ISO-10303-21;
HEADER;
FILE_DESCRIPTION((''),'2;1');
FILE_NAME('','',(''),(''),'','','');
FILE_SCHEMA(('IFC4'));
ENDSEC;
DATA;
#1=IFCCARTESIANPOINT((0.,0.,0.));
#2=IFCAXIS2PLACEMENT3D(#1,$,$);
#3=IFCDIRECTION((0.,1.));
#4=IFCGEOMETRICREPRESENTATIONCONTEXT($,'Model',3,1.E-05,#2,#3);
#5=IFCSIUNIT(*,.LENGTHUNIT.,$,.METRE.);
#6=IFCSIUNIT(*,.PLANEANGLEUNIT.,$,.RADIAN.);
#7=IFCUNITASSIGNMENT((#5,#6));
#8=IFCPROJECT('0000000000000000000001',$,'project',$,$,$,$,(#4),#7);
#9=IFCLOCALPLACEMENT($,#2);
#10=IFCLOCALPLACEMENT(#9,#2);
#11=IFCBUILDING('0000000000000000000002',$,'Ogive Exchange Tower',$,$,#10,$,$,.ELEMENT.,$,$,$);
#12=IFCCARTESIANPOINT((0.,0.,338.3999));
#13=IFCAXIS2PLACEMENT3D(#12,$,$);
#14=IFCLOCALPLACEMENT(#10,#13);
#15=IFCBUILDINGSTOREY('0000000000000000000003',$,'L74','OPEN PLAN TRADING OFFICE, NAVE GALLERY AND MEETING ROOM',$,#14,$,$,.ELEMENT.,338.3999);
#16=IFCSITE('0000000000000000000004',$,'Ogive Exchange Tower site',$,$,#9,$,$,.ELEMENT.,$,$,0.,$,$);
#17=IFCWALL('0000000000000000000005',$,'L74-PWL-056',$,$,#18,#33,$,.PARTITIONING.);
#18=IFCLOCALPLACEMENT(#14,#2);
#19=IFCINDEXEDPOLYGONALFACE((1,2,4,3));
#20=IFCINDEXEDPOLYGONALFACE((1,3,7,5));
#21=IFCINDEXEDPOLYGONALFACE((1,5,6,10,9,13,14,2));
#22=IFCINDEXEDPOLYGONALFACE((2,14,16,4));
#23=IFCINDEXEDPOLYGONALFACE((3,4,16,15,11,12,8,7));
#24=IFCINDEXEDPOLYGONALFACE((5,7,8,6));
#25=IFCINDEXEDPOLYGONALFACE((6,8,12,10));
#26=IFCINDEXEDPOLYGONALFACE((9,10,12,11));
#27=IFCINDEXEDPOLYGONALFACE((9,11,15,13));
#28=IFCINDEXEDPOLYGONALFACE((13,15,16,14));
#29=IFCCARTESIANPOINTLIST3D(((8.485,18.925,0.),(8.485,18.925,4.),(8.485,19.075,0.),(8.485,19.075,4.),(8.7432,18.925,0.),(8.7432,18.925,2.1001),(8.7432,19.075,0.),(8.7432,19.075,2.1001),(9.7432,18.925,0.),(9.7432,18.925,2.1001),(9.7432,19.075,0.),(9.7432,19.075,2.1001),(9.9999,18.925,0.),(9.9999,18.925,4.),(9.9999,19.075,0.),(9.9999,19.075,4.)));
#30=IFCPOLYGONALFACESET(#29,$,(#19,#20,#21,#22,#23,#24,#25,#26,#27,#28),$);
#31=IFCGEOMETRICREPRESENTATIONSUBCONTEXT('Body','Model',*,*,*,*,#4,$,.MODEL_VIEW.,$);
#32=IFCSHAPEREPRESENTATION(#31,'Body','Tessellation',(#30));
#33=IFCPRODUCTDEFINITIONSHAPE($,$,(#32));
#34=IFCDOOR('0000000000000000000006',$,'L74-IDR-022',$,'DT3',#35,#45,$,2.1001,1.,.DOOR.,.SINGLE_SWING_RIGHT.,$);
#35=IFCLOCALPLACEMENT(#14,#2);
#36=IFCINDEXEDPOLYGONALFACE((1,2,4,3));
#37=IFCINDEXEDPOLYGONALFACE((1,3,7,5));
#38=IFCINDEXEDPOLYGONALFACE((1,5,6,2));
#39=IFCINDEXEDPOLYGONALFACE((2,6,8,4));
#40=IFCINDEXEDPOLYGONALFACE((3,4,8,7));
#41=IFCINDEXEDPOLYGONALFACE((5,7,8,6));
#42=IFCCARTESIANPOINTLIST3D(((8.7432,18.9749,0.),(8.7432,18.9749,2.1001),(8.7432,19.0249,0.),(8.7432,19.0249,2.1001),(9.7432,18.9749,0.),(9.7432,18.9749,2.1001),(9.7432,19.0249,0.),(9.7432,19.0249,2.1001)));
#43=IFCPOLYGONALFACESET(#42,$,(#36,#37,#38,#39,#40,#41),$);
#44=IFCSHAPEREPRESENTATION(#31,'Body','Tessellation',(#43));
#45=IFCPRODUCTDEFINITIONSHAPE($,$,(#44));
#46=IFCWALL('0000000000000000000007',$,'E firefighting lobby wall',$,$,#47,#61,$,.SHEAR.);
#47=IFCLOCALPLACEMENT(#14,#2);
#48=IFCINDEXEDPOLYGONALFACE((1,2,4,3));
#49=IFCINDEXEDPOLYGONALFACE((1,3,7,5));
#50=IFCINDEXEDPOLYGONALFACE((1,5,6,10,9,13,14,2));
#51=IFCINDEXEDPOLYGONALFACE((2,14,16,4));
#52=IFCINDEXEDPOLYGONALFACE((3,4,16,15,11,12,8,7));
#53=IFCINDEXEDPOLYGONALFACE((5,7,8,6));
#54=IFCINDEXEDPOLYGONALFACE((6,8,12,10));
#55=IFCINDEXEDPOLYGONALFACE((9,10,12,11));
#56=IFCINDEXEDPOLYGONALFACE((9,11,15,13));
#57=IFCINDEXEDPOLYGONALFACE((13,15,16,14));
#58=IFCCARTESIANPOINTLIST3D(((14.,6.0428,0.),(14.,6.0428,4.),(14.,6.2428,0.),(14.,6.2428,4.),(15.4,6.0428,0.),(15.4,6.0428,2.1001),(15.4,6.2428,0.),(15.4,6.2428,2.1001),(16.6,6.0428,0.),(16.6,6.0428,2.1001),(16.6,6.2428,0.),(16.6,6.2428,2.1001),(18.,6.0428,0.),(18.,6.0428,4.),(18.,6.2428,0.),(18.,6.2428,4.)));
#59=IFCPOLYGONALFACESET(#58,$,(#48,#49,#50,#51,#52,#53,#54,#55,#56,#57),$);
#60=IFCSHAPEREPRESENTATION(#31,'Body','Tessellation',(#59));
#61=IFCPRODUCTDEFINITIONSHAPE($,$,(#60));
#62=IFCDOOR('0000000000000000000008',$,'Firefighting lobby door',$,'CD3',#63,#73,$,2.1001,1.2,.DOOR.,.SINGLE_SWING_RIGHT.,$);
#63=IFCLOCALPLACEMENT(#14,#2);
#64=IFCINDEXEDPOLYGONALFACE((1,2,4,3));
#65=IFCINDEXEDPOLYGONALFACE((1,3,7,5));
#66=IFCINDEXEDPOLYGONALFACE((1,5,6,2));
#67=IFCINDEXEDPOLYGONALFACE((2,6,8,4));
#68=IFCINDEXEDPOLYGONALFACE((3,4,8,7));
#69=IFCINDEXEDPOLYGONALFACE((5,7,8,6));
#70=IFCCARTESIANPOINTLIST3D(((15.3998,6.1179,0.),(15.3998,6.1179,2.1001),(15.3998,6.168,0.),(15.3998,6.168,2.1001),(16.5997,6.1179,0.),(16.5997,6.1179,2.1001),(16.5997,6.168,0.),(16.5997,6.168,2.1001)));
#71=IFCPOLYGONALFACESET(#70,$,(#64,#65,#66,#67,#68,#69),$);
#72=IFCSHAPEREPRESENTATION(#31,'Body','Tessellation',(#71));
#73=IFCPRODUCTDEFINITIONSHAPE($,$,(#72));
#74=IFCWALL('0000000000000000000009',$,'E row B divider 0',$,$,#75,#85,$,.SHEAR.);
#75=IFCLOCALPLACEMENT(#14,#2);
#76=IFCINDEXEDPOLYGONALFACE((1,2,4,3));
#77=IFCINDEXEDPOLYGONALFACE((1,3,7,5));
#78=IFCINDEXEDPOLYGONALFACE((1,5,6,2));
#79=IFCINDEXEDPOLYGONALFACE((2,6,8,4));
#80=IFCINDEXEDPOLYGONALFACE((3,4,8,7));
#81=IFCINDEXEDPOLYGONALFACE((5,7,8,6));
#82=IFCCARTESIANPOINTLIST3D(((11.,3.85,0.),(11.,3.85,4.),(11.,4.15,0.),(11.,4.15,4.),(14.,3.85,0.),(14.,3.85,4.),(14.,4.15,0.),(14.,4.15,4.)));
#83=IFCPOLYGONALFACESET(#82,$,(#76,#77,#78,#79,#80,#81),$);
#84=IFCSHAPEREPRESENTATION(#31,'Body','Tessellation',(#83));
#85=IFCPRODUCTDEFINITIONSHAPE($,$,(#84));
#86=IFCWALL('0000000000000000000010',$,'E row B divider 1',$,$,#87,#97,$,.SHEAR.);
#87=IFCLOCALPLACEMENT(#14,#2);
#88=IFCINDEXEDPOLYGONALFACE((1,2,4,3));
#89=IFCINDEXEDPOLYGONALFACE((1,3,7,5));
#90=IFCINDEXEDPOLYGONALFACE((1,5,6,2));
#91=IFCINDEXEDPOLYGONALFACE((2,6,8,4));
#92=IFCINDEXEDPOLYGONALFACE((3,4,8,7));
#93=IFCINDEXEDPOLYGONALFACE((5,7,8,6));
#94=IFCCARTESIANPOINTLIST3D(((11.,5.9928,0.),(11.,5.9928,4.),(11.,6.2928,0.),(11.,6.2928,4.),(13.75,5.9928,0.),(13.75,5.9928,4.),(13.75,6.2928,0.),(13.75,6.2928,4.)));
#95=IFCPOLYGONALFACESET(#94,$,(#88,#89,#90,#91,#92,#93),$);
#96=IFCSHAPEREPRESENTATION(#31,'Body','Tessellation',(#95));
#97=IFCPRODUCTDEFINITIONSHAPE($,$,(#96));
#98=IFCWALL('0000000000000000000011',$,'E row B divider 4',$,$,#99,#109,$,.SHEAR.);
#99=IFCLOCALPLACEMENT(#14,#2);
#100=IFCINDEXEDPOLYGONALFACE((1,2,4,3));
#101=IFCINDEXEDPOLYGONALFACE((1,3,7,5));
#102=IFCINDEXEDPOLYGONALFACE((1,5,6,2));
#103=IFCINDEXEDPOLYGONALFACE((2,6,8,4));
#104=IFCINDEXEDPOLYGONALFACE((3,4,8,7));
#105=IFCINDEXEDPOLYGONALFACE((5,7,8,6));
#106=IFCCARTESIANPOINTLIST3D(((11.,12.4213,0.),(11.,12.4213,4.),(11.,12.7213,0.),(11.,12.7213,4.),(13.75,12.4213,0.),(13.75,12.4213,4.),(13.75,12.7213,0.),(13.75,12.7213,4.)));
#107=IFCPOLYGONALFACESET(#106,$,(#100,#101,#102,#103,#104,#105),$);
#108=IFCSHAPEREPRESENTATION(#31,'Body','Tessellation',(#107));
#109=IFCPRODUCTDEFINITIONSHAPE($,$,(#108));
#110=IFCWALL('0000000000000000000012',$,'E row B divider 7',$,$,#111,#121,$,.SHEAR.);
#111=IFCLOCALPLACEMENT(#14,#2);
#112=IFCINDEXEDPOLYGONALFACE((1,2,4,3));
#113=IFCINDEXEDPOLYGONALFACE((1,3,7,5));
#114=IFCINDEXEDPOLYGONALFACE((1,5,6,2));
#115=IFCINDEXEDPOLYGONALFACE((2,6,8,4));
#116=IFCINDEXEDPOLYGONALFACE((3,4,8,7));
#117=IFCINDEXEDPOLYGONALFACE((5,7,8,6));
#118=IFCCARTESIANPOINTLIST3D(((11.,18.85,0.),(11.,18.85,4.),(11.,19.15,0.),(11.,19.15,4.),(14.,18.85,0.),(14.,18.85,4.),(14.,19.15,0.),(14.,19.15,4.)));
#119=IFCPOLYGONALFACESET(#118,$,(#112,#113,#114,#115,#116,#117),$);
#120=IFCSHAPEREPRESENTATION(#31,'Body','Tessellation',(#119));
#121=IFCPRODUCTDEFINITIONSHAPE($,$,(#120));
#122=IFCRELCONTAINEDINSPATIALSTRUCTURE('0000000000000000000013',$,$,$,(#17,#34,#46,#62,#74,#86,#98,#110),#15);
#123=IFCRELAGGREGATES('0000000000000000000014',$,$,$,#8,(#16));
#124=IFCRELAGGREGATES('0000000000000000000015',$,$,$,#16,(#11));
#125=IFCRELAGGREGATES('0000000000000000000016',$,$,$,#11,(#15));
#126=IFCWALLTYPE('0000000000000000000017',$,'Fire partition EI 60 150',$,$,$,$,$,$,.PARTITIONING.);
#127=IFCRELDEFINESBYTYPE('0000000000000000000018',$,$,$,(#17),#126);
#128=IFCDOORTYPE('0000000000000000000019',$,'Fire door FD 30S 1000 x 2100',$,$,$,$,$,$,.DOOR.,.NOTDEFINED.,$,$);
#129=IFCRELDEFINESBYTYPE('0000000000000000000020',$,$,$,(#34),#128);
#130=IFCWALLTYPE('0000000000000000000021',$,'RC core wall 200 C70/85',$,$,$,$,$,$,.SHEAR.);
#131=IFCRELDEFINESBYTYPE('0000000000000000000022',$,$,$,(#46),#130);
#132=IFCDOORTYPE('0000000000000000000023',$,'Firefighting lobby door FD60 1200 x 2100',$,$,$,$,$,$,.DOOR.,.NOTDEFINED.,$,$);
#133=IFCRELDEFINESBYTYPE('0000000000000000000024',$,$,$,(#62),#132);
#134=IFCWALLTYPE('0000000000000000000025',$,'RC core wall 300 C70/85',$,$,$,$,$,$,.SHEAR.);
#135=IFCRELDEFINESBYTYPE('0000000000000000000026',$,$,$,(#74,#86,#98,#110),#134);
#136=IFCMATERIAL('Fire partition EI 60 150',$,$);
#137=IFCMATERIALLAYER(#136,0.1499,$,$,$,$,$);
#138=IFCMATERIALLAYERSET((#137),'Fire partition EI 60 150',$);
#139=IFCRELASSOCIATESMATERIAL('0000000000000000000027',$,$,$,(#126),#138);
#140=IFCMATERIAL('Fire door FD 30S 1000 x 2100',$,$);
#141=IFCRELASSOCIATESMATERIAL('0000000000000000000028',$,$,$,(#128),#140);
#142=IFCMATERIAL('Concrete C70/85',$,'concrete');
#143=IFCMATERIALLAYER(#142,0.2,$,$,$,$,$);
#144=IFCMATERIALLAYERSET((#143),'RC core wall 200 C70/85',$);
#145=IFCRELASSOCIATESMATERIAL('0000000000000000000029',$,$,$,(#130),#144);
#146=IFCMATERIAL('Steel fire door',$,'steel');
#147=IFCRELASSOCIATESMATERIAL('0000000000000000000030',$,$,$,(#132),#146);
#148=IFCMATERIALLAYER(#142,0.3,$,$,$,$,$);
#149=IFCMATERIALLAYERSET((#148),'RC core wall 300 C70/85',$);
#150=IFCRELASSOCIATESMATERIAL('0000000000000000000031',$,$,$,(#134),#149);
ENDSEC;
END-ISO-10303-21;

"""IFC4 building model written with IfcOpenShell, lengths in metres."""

from ifc_helpers import new_model, si_unit, direction, frame, frame_2d, origin, place, context, subcontext, project, spatial, rectangle, extrude, material, layer, layer_set, type_object, element, fill, save


model = new_model("IFC4")

# Units and contexts
model_context = context("Model", 3, precision=1e-05, world=origin(), true_north=direction((0.0, 1.0)))
body_context = subcontext(model_context, "Body", "Model", "MODEL_VIEW")
ifc_project = project(units=[si_unit("LENGTHUNIT", "METRE"), si_unit("PLANEANGLEUNIT", "RADIAN")], contexts=[model_context])

# Site, building, storey
site_placement = place(None, origin())
site = spatial("IfcSite", under=ifc_project, at=site_placement, Name="Ogive Exchange Tower site", CompositionType="ELEMENT", RefElevation=0.0)
building_placement = place(site_placement, origin())
building = spatial("IfcBuilding", under=site, at=building_placement, Name="Ogive Exchange Tower", CompositionType="ELEMENT")
storey_placement = place(building_placement, frame((0.0, 0.0, 338.3999)))
storey = spatial("IfcBuildingStorey", under=building, at=storey_placement, Name="L74", Description="OPEN PLAN TRADING OFFICE, NAVE GALLERY AND MEETING ROOM", CompositionType="ELEMENT", Elevation=338.3999)

# Shared definitions
ifc_material_1 = material(Name="Fire partition EI 60 150")
ifc_layer_1 = layer(ifc_material_1, 0.1499)
ifc_layer_set_1 = layer_set([ifc_layer_1], Name="Fire partition EI 60 150")
wall_type_1 = type_object("IfcWallType", Name="Fire partition EI 60 150", PredefinedType="PARTITIONING", material=ifc_layer_set_1)

# Walls, openings, doors
wall_1_placement = place(storey_placement, frame((8.4851, 19.0, 0.0), z_axis=(0.0, 0.0, 1.0), x_axis=(1.0, 0.0, 0.0)))
wall_1 = element("IfcWall", 1, at=wall_1_placement, inside=storey, type_object=wall_type_1, Name="L74-PWL-056", PredefinedType="PARTITIONING", context=body_context, shape_type="SweptSolid", body=[
    extrude(rectangle(XDim=1.5149, YDim=0.1499, at=frame_2d((0.7573, 0.0))), origin(), (0.0, 0.0, 1.0), 4.0),
])
opening_1_placement = place(wall_1_placement, frame((0.2581, 0.0, 0.0)))
opening_1 = element("IfcOpeningElement", 2, at=opening_1_placement, cuts=wall_1, PredefinedType="OPENING", context=body_context, shape_type="SweptSolid", body=[
    extrude(rectangle(XDim=1.0, YDim=2.1001, at=frame_2d((0.5, 1.05))), frame((0.0, 0.085, 0.0), z_axis=(0.0, -1.0, 0.0), x_axis=(1.0, 0.0, 0.0)), (0.0, 0.0, 1.0), 0.1699),
])
ifc_material_2 = material(Name="Fire door FD 30S 1000 x 2100")
door_type_1 = type_object("IfcDoorType", Name="Fire door FD 30S 1000 x 2100", OperationType="NOTDEFINED", PredefinedType="DOOR", material=ifc_material_2)
door_1_placement = place(opening_1_placement, origin())
door_1 = element("IfcDoor", 3, at=door_1_placement, inside=storey, type_object=door_type_1, Name="L74-IDR-022", ObjectType="DT3", OperationType="SINGLE_SWING_RIGHT", OverallHeight=2.1001, OverallWidth=1.0, PredefinedType="DOOR", context=body_context, shape_type="SweptSolid", body=[
    extrude(rectangle(XDim=1.0, YDim=2.1001, at=frame_2d((0.5, 1.05))), frame((0.0, 0.0249, 0.0), z_axis=(0.0, -1.0, 0.0), x_axis=(1.0, 0.0, 0.0)), (0.0, 0.0, 1.0), 0.05),
])
fill(opening_1, door_1)
ifc_material_3 = material(Name="Concrete C70/85", Category="concrete")
ifc_layer_2 = layer(ifc_material_3, 0.2)
ifc_layer_set_2 = layer_set([ifc_layer_2], Name="RC core wall 200 C70/85")
wall_type_2 = type_object("IfcWallType", Name="RC core wall 200 C70/85", PredefinedType="SHEAR", material=ifc_layer_set_2)
wall_2_placement = place(storey_placement, frame((14.0, 6.1428, 0.0), z_axis=(0.0, 0.0, 1.0), x_axis=(1.0, 0.0, 0.0)))
wall_2 = element("IfcWall", 4, at=wall_2_placement, inside=storey, type_object=wall_type_2, Name="E firefighting lobby wall", PredefinedType="SHEAR", context=body_context, shape_type="SweptSolid", body=[
    extrude(rectangle(XDim=4.0, YDim=0.2, at=frame_2d((2.0, 0.0))), origin(), (0.0, 0.0, 1.0), 4.0),
])
opening_2_placement = place(wall_2_placement, frame((1.3999, 0.0, 0.0)))
opening_2 = element("IfcOpeningElement", 5, at=opening_2_placement, cuts=wall_2, PredefinedType="OPENING", context=body_context, shape_type="SweptSolid", body=[
    extrude(rectangle(XDim=1.2, YDim=2.1001, at=frame_2d((0.6001, 1.05))), frame((0.0, 0.1099, 0.0), z_axis=(0.0, -1.0, 0.0), x_axis=(1.0, 0.0, 0.0)), (0.0, 0.0, 1.0), 0.22),
])
ifc_material_4 = material(Name="Steel fire door", Category="steel")
door_type_2 = type_object("IfcDoorType", Name="Firefighting lobby door FD60 1200 x 2100", OperationType="NOTDEFINED", PredefinedType="DOOR", material=ifc_material_4)
door_2_placement = place(opening_2_placement, frame((1.2, 0.0, 0.0), z_axis=(0.0, 0.0, 1.0), x_axis=(-1.0, 0.0, 0.0)))
door_2 = element("IfcDoor", 6, at=door_2_placement, inside=storey, type_object=door_type_2, Name="Firefighting lobby door", ObjectType="CD3", OperationType="SINGLE_SWING_RIGHT", OverallHeight=2.1001, OverallWidth=1.2, PredefinedType="DOOR", context=body_context, shape_type="SweptSolid", body=[
    extrude(rectangle(XDim=1.2, YDim=2.1001, at=frame_2d((0.6001, 1.05))), frame((0.0, 0.0249, 0.0), z_axis=(0.0, -1.0, 0.0), x_axis=(1.0, 0.0, 0.0)), (0.0, 0.0, 1.0), 0.05),
])
fill(opening_2, door_2)

# Walls
ifc_layer_3 = layer(ifc_material_3, 0.3)
ifc_layer_set_3 = layer_set([ifc_layer_3], Name="RC core wall 300 C70/85")
wall_type_3 = type_object("IfcWallType", Name="RC core wall 300 C70/85", PredefinedType="SHEAR", material=ifc_layer_set_3)
wall_3_placement = place(storey_placement, frame((11.0, 4.0, 0.0), z_axis=(0.0, 0.0, 1.0), x_axis=(1.0, 0.0, 0.0)))
element("IfcWall", 7, at=wall_3_placement, inside=storey, type_object=wall_type_3, Name="E row B divider 0", PredefinedType="SHEAR", context=body_context, shape_type="SweptSolid", body=[
    extrude(rectangle(XDim=3.0, YDim=0.3, at=frame_2d((1.5, 0.0))), origin(), (0.0, 0.0, 1.0), 4.0),
])
for number, where, z_axis, x_axis, name in (
    (8, (11.0, 6.1428, 0.0), (0.0, 0.0, 1.0), (1.0, 0.0, 0.0), "E row B divider 1"),
    (9, (11.0, 12.5713, 0.0), (0.0, 0.0, 1.0), (1.0, 0.0, 0.0), "E row B divider 4"),
):
    element("IfcWall", number, at=place(storey_placement, frame(where, z_axis=z_axis, x_axis=x_axis)), inside=storey, type_object=wall_type_3, Name=name, PredefinedType="SHEAR", context=body_context, shape_type="SweptSolid", body=[
        extrude(rectangle(XDim=2.75, YDim=0.3, at=frame_2d((1.375, 0.0))), origin(), (0.0, 0.0, 1.0), 4.0),
    ])
wall_4_placement = place(storey_placement, frame((11.0, 19.0, 0.0), z_axis=(0.0, 0.0, 1.0), x_axis=(1.0, 0.0, 0.0)))
element("IfcWall", 10, at=wall_4_placement, inside=storey, type_object=wall_type_3, Name="E row B divider 7", PredefinedType="SHEAR", context=body_context, shape_type="SweptSolid", body=[
    extrude(rectangle(XDim=3.0, YDim=0.3, at=frame_2d((1.5, 0.0))), origin(), (0.0, 0.0, 1.0), 4.0),
])

save(model, "model.ifc")
